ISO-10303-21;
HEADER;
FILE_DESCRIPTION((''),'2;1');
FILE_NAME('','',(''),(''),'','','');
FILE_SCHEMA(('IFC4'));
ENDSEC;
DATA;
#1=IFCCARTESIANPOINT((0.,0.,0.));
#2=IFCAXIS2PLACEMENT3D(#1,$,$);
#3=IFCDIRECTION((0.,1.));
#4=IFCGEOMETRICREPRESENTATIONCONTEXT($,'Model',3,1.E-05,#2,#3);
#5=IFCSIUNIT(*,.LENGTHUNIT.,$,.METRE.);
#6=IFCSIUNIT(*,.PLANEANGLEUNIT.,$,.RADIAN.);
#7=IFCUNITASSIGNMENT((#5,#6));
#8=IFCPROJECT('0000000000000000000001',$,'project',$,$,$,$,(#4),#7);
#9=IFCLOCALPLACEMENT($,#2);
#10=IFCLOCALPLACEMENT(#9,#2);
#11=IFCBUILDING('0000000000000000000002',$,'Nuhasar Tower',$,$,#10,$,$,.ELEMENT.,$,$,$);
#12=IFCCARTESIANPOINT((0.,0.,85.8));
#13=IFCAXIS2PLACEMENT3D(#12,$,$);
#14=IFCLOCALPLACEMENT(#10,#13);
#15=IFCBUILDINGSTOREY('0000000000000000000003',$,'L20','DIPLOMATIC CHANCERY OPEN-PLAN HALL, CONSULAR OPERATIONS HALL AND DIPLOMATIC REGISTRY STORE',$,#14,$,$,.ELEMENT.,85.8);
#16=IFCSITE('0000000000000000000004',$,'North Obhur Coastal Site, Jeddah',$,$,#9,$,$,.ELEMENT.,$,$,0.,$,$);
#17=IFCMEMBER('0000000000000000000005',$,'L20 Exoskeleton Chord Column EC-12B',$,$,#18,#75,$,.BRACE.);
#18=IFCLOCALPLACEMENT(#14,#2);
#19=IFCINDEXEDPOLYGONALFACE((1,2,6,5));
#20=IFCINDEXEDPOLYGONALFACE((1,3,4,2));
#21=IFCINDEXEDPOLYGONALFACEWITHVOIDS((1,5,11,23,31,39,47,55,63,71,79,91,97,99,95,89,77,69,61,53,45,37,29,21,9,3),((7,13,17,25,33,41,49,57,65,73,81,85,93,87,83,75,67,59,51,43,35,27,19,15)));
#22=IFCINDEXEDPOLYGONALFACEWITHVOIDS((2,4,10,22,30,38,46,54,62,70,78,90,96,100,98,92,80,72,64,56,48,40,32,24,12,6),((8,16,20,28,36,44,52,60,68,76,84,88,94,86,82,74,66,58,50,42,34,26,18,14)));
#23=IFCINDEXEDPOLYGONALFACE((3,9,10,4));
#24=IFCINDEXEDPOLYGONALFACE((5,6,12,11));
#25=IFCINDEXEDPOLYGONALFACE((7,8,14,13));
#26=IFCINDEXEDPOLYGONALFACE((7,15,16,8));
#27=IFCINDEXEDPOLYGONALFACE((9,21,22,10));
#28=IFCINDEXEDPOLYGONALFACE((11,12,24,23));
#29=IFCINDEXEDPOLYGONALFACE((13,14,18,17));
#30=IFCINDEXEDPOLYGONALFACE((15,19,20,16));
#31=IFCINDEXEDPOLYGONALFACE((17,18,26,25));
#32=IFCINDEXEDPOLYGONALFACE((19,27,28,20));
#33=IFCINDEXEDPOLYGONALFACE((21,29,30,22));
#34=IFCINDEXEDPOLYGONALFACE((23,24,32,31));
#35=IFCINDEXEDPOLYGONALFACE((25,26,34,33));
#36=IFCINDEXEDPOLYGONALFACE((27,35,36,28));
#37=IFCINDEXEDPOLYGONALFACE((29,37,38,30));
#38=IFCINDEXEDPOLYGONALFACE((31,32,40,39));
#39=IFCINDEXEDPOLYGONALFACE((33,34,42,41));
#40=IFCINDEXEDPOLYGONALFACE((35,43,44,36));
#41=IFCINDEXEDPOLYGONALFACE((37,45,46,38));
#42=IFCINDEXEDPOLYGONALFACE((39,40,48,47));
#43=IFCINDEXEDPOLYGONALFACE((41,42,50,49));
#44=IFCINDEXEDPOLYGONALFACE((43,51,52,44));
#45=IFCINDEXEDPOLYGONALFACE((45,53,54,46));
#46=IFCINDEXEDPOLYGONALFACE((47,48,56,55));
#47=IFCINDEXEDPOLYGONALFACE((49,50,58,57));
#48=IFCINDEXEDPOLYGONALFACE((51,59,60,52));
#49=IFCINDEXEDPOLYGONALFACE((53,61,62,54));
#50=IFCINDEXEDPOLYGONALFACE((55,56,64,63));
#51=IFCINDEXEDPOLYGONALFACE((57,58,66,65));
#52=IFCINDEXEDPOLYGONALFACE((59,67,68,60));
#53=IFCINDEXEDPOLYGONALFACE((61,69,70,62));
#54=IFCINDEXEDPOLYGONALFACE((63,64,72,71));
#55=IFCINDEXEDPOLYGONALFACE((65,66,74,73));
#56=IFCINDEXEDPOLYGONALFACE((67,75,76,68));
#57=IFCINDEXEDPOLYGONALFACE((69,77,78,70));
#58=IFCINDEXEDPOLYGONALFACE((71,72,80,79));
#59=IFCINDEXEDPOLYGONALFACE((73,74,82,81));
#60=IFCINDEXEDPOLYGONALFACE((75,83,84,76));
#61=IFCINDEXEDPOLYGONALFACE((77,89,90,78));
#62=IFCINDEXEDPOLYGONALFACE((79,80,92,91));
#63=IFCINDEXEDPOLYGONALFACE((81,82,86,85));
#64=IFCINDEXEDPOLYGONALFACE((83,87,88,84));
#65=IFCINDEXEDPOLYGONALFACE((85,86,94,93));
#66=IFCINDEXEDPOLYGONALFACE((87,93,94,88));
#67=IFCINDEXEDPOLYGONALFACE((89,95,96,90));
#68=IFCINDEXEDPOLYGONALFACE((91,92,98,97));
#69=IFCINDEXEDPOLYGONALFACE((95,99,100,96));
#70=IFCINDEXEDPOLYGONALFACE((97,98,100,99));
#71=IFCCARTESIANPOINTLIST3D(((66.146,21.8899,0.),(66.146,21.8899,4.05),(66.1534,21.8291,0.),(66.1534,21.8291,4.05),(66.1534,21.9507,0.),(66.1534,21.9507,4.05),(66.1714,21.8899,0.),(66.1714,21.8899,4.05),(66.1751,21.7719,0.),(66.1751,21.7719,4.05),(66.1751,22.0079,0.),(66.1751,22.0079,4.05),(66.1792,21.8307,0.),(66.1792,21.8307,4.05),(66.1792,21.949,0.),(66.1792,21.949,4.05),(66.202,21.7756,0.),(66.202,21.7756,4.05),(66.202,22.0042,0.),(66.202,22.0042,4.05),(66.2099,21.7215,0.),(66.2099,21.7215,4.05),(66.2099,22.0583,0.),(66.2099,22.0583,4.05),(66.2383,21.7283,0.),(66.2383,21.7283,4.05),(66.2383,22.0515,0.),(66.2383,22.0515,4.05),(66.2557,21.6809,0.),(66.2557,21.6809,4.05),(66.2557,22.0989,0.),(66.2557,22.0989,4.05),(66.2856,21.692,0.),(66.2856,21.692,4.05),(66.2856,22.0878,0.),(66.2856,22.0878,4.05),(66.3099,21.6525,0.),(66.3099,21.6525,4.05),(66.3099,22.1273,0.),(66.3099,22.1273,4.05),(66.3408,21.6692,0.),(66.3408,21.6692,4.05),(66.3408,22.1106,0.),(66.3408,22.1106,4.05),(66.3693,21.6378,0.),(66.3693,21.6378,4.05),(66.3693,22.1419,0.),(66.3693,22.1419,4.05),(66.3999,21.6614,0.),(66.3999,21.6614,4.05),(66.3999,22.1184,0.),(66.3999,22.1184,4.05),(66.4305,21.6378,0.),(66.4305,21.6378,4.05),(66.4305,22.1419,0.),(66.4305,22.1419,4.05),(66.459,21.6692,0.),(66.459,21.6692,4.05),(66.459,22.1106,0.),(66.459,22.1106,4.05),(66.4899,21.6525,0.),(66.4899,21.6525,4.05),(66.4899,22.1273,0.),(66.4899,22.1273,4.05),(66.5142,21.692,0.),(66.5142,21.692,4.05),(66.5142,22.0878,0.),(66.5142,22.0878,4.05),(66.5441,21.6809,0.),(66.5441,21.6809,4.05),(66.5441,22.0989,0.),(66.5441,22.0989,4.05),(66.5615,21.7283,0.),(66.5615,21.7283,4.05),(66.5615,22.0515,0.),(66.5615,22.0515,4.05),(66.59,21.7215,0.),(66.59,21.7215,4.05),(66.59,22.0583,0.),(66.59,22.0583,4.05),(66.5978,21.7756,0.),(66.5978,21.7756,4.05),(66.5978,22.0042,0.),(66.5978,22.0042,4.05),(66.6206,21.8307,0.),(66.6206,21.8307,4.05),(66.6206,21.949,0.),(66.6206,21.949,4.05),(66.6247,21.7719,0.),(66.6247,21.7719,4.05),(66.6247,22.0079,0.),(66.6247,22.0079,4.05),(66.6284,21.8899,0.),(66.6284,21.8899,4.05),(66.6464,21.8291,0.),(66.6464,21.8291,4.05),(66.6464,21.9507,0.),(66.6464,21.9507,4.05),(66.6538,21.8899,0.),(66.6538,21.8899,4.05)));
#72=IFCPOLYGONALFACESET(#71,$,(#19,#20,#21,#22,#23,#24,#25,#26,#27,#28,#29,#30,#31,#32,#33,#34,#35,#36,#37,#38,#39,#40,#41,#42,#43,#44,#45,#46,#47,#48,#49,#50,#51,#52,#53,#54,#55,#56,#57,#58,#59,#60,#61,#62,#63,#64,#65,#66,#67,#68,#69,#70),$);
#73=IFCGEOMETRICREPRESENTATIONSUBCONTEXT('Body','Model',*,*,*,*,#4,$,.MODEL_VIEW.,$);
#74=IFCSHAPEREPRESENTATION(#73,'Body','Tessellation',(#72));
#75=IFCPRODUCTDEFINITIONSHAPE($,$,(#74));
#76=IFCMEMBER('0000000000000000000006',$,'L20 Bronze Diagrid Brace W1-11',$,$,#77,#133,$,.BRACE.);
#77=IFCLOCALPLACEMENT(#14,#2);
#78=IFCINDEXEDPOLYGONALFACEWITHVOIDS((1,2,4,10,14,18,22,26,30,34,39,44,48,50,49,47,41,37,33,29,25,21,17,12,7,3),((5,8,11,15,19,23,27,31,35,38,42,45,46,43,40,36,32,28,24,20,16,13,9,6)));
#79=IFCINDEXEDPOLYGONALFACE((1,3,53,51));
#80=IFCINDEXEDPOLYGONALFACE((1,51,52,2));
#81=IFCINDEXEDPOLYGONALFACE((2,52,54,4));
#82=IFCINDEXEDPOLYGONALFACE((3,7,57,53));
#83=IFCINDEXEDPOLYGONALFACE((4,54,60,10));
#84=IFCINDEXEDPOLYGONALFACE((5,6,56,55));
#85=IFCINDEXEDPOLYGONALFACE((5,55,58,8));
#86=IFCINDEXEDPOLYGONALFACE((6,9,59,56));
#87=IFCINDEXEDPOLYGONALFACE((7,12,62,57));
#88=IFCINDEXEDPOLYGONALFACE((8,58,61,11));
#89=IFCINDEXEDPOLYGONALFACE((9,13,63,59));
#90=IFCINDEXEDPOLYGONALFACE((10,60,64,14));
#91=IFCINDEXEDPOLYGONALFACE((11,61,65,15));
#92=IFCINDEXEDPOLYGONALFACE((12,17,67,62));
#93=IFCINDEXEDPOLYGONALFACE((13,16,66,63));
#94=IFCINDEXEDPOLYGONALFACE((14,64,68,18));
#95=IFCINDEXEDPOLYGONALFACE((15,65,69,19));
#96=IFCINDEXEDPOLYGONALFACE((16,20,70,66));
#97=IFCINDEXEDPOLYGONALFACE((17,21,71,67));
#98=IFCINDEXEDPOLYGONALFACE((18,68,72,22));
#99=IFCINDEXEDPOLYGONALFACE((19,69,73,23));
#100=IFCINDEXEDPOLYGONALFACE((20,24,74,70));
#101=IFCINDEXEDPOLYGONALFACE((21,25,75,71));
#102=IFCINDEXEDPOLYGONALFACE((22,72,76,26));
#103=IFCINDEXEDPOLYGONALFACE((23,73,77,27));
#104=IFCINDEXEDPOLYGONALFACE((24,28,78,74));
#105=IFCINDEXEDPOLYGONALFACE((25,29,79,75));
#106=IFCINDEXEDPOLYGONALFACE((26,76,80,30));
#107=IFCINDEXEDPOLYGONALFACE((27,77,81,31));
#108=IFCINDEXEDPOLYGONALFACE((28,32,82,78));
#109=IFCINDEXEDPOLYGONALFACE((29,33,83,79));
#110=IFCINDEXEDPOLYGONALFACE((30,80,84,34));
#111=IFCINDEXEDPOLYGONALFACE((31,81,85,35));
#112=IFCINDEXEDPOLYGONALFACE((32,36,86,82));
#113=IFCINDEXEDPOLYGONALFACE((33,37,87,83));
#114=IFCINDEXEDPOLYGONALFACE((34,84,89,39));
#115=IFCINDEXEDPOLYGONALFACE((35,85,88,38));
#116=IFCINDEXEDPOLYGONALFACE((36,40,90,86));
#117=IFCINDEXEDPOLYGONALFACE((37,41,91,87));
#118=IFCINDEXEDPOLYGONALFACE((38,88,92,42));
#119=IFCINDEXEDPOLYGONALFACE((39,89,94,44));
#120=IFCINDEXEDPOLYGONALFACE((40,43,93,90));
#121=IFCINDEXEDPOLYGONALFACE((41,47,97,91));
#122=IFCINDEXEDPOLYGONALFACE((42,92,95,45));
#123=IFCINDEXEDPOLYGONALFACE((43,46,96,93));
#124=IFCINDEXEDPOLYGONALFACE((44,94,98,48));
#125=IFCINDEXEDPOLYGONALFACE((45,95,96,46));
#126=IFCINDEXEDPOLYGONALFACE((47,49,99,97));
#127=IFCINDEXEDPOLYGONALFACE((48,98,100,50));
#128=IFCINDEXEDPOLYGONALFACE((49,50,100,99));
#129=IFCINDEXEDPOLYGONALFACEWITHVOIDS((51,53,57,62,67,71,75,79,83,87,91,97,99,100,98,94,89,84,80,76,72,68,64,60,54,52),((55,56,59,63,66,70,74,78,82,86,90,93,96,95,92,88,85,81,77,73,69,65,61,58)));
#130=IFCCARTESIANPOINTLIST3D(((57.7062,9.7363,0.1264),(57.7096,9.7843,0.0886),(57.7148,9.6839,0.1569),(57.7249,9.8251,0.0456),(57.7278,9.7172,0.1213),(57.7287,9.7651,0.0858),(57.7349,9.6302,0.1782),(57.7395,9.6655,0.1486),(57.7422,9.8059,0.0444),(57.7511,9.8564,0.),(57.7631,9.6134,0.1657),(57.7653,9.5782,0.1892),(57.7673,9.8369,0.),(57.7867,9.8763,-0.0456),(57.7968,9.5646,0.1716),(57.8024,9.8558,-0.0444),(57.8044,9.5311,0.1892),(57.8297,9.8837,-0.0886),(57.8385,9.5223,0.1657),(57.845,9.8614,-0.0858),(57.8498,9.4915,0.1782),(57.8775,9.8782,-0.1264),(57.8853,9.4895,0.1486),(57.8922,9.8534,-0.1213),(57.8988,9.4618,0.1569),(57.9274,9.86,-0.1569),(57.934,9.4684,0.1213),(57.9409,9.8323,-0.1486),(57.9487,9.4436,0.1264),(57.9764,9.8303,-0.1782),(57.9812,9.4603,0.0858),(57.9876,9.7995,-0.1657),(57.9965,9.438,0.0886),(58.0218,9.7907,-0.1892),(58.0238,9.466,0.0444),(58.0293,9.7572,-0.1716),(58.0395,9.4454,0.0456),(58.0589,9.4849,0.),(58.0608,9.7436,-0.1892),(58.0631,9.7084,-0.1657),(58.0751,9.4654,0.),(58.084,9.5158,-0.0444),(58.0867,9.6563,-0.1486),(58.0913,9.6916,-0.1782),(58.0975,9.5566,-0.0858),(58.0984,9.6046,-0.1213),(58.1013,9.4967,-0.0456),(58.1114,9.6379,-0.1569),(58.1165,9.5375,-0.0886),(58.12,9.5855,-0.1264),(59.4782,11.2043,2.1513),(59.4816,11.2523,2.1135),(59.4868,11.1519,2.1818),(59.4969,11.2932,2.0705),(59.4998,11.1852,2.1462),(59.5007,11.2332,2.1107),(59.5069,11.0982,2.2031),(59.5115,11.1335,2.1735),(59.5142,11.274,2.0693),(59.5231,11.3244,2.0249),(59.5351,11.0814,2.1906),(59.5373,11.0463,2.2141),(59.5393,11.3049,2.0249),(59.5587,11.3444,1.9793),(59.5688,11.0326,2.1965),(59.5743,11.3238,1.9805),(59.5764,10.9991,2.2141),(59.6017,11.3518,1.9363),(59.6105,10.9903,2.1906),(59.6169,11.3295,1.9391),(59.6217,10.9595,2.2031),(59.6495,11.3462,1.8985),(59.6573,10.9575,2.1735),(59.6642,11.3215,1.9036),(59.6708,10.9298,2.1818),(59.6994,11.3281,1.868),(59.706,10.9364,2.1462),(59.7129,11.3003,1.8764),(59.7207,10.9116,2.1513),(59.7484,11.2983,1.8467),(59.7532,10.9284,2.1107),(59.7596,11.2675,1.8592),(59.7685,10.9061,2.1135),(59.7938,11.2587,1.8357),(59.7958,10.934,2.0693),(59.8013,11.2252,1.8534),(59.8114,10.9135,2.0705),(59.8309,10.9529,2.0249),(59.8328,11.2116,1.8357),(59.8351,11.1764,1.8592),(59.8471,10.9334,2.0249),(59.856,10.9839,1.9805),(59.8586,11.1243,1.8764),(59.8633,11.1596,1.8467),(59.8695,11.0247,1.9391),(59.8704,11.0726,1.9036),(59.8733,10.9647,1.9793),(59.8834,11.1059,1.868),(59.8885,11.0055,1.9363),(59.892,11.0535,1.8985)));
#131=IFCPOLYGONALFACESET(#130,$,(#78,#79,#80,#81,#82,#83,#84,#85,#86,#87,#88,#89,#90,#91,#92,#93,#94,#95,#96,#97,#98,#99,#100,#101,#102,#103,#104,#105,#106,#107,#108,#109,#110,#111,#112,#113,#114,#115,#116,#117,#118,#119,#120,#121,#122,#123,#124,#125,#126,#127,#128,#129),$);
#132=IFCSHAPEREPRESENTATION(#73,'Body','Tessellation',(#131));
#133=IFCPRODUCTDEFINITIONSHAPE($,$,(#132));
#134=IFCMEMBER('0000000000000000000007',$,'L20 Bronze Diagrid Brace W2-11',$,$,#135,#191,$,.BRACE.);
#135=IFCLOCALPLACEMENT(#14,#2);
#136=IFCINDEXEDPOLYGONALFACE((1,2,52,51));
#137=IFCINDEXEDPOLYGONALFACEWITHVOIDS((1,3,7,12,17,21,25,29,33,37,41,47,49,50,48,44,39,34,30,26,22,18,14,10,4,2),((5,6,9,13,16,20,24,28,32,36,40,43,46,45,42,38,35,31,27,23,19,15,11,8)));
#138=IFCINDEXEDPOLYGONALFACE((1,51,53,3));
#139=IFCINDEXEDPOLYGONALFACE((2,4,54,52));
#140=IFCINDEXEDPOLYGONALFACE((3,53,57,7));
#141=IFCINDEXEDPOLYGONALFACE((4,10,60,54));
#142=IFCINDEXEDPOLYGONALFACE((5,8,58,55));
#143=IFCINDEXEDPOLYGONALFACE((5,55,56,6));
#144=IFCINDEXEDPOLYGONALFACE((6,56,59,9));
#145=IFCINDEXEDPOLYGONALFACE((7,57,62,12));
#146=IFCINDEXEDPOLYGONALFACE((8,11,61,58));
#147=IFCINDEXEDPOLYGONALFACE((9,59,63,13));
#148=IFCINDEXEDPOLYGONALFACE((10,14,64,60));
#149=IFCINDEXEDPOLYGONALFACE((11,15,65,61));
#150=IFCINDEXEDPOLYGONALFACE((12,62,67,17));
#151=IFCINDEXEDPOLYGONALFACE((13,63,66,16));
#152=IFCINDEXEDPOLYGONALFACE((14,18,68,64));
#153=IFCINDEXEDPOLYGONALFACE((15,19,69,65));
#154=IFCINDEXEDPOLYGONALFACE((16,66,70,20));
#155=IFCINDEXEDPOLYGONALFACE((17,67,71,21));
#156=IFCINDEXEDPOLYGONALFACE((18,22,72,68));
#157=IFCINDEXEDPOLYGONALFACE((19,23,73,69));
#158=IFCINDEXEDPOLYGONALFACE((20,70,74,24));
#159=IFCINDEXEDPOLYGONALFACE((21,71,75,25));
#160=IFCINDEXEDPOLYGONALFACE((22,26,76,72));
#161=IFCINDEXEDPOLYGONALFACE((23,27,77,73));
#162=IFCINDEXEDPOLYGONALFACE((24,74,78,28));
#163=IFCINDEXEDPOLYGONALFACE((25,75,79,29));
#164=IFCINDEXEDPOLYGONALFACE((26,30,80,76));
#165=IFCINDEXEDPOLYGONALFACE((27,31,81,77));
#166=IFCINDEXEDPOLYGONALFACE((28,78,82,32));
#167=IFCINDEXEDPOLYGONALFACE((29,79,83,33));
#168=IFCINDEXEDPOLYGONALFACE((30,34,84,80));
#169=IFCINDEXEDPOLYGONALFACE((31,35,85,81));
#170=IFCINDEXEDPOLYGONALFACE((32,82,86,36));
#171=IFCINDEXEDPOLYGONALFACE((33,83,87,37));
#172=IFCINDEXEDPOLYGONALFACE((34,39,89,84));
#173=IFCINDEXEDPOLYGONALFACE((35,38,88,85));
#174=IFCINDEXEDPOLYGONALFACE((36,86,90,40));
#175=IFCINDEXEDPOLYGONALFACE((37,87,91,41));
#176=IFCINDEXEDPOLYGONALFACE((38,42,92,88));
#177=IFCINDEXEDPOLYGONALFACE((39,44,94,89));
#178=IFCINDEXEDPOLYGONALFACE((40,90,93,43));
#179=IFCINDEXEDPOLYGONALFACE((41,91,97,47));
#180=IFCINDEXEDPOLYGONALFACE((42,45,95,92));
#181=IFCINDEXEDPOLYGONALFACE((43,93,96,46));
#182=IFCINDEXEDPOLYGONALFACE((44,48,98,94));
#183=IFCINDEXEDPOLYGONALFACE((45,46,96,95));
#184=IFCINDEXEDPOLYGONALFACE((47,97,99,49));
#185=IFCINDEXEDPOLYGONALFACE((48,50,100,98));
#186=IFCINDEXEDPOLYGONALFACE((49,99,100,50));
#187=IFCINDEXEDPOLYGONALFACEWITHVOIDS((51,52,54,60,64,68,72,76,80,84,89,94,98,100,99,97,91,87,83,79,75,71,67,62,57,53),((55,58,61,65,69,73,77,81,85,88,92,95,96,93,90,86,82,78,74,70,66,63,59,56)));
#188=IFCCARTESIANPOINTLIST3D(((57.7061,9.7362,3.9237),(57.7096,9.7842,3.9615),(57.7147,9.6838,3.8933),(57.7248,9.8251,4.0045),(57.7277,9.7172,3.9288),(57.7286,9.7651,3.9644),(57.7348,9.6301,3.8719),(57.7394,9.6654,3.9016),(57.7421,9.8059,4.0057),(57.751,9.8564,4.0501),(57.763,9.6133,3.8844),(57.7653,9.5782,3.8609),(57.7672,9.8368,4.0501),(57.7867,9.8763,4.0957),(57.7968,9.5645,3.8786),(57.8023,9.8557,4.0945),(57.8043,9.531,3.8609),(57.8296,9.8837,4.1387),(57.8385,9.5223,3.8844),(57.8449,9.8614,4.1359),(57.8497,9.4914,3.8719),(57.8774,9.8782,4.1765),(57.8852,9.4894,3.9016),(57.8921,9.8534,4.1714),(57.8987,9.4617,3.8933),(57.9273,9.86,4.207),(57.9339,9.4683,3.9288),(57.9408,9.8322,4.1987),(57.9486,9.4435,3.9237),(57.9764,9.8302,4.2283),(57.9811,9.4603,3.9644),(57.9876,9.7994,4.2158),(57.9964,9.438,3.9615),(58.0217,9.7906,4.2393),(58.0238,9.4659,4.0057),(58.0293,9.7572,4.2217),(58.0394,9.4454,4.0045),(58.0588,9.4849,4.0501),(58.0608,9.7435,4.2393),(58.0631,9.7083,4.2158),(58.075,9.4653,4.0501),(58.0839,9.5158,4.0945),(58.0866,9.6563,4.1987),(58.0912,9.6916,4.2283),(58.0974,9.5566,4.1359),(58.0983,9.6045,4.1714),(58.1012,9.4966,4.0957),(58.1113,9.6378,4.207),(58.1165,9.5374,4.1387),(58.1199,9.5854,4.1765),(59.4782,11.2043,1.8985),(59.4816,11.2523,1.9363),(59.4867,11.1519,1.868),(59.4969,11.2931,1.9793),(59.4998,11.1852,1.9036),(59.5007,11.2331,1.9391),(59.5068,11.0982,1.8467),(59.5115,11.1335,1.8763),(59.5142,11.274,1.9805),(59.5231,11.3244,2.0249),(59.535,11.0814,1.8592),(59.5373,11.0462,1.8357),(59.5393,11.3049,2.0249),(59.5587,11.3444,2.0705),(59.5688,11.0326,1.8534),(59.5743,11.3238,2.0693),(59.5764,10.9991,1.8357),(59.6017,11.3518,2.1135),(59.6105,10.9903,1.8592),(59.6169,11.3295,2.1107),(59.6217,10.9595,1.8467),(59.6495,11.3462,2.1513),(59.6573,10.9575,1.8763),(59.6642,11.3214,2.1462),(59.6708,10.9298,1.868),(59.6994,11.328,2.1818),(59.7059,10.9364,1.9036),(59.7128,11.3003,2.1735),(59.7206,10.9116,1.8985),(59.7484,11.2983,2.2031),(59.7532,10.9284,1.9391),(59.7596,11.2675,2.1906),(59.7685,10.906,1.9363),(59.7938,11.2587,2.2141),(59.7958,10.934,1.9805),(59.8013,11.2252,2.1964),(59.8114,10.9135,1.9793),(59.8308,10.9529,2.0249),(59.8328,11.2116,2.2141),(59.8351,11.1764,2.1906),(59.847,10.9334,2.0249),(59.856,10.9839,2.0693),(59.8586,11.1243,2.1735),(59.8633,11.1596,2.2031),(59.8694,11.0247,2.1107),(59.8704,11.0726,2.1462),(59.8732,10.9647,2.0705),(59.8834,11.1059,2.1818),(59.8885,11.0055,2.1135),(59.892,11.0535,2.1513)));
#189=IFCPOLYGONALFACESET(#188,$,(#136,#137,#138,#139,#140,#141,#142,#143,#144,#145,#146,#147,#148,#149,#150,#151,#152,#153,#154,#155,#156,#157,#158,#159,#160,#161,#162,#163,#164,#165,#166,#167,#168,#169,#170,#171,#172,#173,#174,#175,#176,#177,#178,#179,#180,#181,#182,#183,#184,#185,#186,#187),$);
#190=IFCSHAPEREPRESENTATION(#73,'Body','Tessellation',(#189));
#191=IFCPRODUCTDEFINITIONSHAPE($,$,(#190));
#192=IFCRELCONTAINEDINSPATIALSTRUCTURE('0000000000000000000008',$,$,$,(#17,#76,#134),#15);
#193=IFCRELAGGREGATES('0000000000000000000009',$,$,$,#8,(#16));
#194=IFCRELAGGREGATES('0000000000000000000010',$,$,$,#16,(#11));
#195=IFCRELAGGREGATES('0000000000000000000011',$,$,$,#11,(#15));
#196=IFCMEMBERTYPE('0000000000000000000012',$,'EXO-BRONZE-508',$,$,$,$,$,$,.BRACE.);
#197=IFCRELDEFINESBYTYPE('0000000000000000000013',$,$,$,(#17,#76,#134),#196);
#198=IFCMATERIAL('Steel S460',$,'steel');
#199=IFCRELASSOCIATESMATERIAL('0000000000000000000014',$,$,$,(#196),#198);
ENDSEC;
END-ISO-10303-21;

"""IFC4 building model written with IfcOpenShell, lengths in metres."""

from ifc_helpers import new_model, si_unit, direction, frame, origin, origin_2d, place, context, subcontext, project, spatial, hollow_circle, extrude, material, material_profile, profile_set, type_object, element, save


model = new_model("IFC4")

# Units and contexts
model_context = context("Model", 3, precision=1e-05, world=origin(), true_north=direction((0.0, 1.0)))
body_context = subcontext(model_context, "Body", "Model", "MODEL_VIEW")
ifc_project = project(units=[si_unit("LENGTHUNIT", "METRE"), si_unit("PLANEANGLEUNIT", "RADIAN")], contexts=[model_context])

# Site, building, storey
site_placement = place(None, origin())
site = spatial("IfcSite", under=ifc_project, at=site_placement, Name="North Obhur Coastal Site, Jeddah", CompositionType="ELEMENT", RefElevation=0.0)
building_placement = place(site_placement, origin())
building = spatial("IfcBuilding", under=site, at=building_placement, Name="Nuhasar Tower", CompositionType="ELEMENT")
storey_placement = place(building_placement, frame((0.0, 0.0, 85.8)))
storey = spatial("IfcBuildingStorey", under=building, at=storey_placement, Name="L20", Description="DIPLOMATIC CHANCERY OPEN-PLAN HALL, CONSULAR OPERATIONS HALL AND DIPLOMATIC REGISTRY STORE", CompositionType="ELEMENT", Elevation=85.8)

# Members
ifc_material_1 = material(Name="Steel S460", Category="steel")
ifc_material_profile_1 = material_profile(ifc_material_1, hollow_circle(Radius=0.2539, WallThickness=0.0254, at=origin_2d()), Name="HSS508X25.4")
ifc_profile_set_1 = profile_set([ifc_material_profile_1], Name="Steel S460")
member_type_1 = type_object("IfcMemberType", Name="EXO-BRONZE-508", PredefinedType="BRACE", material=ifc_profile_set_1)
for number, where, z_axis, x_axis, name in (
    (1, (66.3999, 21.8899, 0.0), (0.0, 0.0, 1.0), (1.0, 0.0, 0.0), "L20 Exoskeleton Chord Column EC-12B"),
):
    element("IfcMember", number, at=place(storey_placement, frame(where, z_axis=z_axis, x_axis=x_axis)), inside=storey, type_object=member_type_1, Name=name, PredefinedType="BRACE", context=body_context, shape_type="SweptSolid", body=[
        extrude(hollow_circle(Radius=0.2539, WallThickness=0.0254, at=origin_2d()), origin(), (0.0, 0.0, 1.0), 4.05),
    ])
member_1_placement = place(storey_placement, frame((57.9131, 9.6609, 0.0), z_axis=(0.578102, 0.478937, 0.660619), x_axis=(-0.637969, 0.770062, 0.0)))
element("IfcMember", 2, at=member_1_placement, inside=storey, type_object=member_type_1, Name="L20 Bronze Diagrid Brace W1-11", PredefinedType="BRACE", context=body_context, shape_type="SweptSolid", body=[
    extrude(hollow_circle(Radius=0.2539, WallThickness=0.0254, at=origin_2d()), origin(), (0.0, 0.0, 1.0), 3.0652),
])
member_2_placement = place(storey_placement, frame((59.6851, 11.1289, 2.0249), z_axis=(-0.578071, -0.478912, 0.660664), x_axis=(0.637969, -0.770062, 0.0)))
element("IfcMember", 3, at=member_2_placement, inside=storey, type_object=member_type_1, Name="L20 Bronze Diagrid Brace W2-11", PredefinedType="BRACE", context=body_context, shape_type="SweptSolid", body=[
    extrude(hollow_circle(Radius=0.2539, WallThickness=0.0254, at=origin_2d()), origin(), (0.0, 0.0, 1.0), 3.0654),
])

save(model, "model.ifc")
